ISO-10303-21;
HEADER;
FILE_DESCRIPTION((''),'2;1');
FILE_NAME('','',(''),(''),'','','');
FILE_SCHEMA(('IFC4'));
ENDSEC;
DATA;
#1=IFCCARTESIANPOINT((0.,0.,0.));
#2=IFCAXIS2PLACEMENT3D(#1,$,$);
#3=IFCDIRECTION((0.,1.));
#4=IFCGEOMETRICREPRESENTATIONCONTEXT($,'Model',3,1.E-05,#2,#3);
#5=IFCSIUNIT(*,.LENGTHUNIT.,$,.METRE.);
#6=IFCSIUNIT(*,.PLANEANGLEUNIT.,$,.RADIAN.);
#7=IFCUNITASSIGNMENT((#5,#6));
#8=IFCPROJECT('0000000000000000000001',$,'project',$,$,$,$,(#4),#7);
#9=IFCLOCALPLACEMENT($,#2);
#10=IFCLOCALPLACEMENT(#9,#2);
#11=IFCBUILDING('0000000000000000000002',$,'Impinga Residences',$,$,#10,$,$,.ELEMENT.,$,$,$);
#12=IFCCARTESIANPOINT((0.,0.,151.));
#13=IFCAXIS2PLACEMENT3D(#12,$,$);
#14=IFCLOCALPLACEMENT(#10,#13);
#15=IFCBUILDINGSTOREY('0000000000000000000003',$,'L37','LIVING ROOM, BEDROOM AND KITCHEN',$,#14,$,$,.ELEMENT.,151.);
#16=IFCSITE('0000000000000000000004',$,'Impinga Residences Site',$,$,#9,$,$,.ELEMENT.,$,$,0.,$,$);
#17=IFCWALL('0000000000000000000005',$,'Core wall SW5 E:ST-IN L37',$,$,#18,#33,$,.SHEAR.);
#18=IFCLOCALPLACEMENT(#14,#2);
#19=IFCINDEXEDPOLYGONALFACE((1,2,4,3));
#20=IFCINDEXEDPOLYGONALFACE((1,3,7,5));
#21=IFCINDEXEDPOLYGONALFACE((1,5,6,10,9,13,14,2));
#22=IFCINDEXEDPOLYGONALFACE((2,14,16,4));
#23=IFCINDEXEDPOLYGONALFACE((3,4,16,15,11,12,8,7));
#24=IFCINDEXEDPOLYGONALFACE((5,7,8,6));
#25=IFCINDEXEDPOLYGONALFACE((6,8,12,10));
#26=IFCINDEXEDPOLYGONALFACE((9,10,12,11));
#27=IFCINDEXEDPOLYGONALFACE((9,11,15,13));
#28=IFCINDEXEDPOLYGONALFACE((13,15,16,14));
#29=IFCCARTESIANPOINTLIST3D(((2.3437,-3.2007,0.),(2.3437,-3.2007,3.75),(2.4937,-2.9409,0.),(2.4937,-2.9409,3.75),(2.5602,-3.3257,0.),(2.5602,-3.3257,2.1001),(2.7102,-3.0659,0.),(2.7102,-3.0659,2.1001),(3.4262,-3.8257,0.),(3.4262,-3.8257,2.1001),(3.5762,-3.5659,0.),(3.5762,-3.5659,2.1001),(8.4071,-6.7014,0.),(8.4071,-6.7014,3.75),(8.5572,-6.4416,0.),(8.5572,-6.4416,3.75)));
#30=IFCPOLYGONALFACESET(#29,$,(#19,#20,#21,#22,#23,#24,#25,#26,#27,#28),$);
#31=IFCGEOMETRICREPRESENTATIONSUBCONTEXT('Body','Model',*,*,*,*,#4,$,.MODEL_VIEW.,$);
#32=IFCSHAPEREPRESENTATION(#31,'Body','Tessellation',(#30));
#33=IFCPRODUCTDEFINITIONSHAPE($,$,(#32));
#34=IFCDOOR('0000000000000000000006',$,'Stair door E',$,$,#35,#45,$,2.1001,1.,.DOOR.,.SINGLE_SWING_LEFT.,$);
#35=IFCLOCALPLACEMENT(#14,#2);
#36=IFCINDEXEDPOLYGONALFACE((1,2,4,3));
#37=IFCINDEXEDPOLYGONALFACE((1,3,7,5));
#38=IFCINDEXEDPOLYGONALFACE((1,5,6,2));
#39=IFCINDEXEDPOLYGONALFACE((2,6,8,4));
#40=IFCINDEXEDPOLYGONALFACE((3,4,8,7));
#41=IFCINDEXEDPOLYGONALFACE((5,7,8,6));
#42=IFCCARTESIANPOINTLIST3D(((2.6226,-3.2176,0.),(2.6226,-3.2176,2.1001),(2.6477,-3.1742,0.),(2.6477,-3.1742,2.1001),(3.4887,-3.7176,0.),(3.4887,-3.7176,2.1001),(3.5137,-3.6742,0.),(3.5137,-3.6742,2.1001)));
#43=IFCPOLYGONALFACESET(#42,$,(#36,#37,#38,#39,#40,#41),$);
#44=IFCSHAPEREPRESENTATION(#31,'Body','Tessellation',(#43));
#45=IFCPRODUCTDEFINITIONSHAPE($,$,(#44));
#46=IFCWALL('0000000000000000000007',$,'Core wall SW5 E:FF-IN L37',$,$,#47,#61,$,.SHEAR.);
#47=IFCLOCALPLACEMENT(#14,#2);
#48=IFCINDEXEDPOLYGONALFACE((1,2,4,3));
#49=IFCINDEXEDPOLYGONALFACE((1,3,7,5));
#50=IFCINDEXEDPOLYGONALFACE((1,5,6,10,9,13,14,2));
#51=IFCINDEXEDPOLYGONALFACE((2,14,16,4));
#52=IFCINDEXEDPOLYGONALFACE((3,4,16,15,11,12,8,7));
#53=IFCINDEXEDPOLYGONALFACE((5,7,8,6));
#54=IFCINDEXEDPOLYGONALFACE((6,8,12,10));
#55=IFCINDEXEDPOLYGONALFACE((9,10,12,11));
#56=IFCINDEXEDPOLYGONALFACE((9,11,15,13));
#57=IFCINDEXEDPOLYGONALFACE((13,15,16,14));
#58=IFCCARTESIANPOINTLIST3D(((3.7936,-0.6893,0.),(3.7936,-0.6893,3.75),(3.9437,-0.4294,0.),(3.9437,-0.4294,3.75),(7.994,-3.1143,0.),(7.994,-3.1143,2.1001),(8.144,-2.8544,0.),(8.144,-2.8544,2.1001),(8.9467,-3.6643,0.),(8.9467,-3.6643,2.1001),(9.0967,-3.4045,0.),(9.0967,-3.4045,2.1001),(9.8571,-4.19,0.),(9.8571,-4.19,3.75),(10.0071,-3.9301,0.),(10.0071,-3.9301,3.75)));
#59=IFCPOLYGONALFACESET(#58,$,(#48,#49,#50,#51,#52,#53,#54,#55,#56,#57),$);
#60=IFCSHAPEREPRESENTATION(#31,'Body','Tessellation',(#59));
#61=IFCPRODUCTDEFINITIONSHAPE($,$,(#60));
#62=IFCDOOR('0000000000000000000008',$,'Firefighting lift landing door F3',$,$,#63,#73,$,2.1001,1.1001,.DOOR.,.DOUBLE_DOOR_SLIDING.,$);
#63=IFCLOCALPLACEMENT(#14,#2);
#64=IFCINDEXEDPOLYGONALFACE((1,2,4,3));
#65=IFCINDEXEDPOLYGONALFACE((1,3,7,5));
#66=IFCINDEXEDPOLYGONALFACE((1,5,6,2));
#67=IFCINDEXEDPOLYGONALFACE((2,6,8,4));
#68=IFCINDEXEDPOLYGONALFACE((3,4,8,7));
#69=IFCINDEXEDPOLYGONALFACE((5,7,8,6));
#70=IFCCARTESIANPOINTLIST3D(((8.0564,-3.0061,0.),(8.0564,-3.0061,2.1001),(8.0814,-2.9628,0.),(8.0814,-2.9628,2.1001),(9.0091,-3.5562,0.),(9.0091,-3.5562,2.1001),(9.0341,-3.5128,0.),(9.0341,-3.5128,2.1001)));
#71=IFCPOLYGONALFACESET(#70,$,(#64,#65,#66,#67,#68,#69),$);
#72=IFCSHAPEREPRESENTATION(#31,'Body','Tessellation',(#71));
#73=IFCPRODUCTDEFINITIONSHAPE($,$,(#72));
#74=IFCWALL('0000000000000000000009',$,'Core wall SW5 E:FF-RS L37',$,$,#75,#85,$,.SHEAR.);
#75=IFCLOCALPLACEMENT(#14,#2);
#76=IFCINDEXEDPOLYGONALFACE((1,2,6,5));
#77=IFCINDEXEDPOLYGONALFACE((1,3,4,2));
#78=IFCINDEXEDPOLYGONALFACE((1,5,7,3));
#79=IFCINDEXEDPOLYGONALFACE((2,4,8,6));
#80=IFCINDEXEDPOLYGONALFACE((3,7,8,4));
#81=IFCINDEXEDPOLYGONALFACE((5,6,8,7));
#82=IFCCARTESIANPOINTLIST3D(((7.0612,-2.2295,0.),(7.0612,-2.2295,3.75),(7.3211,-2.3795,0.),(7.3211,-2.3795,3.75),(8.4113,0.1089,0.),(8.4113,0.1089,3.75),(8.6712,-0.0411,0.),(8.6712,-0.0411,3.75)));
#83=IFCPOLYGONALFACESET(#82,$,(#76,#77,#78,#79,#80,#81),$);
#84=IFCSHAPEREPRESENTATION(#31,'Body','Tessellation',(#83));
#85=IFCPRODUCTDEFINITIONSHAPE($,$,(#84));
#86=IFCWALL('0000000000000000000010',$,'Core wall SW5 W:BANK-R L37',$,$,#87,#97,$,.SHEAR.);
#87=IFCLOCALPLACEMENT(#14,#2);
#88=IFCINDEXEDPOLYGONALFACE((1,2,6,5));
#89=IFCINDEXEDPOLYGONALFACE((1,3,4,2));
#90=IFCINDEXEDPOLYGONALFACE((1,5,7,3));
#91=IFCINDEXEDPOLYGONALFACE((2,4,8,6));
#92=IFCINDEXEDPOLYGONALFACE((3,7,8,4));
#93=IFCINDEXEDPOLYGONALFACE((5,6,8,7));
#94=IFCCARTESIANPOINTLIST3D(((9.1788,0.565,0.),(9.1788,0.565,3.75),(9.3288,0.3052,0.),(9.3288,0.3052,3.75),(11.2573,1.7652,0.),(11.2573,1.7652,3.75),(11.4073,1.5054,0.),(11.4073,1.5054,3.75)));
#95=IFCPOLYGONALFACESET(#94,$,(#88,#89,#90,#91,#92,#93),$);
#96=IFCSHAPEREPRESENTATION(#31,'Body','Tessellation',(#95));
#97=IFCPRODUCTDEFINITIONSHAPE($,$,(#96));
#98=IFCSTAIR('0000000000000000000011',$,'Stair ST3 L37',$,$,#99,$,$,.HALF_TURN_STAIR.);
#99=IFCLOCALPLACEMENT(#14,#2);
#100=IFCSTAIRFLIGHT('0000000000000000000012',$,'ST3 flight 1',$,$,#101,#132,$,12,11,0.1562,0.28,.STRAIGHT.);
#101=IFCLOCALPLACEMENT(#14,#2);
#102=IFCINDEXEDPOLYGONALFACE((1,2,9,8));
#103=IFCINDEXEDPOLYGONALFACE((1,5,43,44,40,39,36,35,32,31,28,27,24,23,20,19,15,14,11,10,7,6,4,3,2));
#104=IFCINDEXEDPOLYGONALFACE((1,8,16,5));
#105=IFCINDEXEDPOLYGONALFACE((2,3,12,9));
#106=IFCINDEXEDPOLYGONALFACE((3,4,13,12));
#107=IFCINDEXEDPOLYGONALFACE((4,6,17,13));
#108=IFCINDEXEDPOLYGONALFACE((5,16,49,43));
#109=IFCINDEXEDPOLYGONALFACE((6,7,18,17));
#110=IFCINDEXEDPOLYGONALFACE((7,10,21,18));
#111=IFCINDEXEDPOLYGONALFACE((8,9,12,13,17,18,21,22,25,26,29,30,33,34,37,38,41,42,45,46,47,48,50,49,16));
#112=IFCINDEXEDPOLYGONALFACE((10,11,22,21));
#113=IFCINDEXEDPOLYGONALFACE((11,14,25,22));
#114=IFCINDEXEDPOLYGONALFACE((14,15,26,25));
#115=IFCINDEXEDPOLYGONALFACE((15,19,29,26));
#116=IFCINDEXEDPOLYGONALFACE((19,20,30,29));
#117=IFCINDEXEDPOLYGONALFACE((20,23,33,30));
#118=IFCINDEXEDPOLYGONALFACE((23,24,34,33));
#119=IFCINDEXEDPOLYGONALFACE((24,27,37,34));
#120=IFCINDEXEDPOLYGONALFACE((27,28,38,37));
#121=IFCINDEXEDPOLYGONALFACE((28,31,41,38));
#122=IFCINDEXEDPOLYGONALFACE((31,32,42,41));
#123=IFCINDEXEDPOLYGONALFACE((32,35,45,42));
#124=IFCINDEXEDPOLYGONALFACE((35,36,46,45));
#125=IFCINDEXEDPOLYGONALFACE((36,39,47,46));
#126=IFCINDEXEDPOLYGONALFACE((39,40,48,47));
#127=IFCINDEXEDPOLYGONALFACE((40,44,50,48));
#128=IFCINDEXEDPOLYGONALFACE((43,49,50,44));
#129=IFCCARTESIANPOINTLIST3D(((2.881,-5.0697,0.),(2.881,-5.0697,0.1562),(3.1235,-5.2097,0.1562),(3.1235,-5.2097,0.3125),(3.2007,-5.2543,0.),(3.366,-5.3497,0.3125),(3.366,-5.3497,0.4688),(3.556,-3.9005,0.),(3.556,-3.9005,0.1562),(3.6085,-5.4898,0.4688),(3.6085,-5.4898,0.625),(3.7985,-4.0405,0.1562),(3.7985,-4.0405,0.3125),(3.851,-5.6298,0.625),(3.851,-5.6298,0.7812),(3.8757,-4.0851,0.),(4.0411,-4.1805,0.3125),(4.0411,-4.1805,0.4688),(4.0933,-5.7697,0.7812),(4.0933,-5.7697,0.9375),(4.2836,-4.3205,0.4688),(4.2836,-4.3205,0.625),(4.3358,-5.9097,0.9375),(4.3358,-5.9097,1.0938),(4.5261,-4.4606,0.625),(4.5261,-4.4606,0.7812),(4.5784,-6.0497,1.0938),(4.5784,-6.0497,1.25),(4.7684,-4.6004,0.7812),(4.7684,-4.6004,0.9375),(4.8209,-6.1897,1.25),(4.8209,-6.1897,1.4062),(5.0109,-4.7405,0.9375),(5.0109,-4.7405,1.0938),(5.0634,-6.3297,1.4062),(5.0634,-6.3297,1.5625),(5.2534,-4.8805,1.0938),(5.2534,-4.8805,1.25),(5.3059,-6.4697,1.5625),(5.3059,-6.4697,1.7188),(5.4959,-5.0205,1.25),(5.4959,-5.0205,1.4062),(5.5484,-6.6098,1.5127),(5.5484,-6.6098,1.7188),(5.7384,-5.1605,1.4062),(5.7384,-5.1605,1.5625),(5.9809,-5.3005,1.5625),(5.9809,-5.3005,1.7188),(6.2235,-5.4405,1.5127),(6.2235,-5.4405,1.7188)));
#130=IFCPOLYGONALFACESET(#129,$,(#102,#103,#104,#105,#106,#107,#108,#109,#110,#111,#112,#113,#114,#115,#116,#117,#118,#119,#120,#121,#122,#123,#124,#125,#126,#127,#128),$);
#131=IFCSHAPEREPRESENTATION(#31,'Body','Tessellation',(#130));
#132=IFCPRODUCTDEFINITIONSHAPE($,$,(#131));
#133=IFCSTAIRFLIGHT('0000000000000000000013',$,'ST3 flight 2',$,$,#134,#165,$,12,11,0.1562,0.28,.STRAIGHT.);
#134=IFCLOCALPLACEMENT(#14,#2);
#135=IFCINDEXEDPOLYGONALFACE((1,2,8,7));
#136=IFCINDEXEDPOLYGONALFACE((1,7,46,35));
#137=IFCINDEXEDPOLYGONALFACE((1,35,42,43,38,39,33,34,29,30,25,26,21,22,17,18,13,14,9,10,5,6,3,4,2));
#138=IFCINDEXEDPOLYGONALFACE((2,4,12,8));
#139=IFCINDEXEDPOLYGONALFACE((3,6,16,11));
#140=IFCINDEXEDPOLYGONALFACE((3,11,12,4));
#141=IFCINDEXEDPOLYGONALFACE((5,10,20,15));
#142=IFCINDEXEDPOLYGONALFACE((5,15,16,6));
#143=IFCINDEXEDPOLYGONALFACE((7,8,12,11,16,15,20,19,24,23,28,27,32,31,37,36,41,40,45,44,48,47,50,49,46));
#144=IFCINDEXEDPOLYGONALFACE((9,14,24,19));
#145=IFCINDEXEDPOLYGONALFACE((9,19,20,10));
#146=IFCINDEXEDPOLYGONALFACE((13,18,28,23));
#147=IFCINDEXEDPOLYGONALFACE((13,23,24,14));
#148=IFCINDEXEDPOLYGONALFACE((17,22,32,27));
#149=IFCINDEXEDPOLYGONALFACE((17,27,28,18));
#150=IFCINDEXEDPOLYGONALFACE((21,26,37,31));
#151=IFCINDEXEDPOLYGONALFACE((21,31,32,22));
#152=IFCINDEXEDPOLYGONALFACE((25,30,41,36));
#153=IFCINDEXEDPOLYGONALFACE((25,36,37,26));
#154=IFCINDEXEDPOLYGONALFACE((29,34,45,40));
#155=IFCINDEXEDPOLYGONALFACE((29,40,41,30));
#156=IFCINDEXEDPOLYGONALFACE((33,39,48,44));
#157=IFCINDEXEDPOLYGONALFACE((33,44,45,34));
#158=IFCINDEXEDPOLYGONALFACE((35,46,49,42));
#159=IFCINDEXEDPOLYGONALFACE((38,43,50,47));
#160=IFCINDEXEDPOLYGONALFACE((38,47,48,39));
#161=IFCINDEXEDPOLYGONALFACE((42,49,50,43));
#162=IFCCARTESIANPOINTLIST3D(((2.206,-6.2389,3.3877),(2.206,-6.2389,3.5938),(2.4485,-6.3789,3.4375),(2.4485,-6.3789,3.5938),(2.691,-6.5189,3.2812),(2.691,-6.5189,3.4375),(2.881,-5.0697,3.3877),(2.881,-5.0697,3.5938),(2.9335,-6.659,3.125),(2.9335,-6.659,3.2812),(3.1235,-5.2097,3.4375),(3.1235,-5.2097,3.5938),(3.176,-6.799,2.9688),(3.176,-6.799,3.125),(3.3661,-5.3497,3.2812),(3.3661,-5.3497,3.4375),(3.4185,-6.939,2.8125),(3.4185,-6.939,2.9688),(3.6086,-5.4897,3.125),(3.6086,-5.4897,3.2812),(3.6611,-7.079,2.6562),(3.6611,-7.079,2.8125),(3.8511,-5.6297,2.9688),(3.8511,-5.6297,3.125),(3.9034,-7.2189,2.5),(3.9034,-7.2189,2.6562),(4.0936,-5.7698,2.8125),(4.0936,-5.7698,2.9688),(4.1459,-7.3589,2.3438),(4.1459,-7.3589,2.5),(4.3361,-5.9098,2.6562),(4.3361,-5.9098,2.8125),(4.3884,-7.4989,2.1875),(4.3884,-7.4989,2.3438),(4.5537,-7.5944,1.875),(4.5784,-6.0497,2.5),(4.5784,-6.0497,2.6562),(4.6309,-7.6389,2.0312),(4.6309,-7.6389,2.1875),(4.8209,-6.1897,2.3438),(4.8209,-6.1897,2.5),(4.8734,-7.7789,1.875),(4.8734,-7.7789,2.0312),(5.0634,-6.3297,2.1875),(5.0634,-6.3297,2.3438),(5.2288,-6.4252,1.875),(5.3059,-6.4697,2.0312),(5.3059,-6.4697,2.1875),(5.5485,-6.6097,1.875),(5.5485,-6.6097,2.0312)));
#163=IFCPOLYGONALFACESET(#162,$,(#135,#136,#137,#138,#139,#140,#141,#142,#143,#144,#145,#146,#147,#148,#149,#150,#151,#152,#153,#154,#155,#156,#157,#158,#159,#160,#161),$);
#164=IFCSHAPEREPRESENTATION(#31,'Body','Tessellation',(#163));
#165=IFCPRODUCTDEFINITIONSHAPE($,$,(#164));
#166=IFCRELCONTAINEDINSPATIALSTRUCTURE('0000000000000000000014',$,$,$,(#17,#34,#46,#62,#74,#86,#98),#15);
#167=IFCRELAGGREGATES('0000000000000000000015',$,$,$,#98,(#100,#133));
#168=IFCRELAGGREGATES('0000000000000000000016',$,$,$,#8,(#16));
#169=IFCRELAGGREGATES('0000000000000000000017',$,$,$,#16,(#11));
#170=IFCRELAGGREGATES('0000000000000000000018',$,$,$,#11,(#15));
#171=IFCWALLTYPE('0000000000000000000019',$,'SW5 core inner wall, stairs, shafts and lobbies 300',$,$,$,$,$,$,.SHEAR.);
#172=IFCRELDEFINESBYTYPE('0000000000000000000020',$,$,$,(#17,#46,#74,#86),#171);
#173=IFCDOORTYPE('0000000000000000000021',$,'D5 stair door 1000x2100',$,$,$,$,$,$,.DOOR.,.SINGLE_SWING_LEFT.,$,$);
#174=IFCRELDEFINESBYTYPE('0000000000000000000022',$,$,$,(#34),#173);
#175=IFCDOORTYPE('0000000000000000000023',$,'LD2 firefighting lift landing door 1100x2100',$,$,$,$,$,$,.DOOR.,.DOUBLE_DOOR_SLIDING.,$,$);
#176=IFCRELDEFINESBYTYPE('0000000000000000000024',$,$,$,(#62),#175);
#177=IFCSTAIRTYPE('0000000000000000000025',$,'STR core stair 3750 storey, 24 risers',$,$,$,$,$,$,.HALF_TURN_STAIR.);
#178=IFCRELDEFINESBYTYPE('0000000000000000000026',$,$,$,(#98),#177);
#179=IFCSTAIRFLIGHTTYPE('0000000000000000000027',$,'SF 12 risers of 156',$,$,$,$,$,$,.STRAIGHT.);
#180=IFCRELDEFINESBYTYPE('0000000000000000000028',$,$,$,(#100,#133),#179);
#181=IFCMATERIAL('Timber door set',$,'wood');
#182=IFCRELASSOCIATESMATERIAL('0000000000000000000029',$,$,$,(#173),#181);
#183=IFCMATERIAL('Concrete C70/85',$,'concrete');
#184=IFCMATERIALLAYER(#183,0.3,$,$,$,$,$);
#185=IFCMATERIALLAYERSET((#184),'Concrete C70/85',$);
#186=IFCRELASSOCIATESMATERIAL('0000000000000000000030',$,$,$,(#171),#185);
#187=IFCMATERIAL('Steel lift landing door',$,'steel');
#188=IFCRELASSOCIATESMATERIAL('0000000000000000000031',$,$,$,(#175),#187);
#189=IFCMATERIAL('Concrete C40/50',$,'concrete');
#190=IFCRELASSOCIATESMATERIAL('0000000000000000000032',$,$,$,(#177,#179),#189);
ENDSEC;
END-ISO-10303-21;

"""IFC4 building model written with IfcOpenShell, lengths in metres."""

from ifc_helpers import new_model, si_unit, direction, frame, frame_2d, origin, place, context, subcontext, project, spatial, polyline, rectangle, outline, extrude, material, layer, layer_set, type_object, element, fill, aggregate, save


model = new_model("IFC4")

# Units and contexts
model_context = context("Model", 3, precision=1e-05, world=origin(), true_north=direction((0.0, 1.0)))
body_context = subcontext(model_context, "Body", "Model", "MODEL_VIEW")
ifc_project = project(units=[si_unit("LENGTHUNIT", "METRE"), si_unit("PLANEANGLEUNIT", "RADIAN")], contexts=[model_context])

# Site, building, storey
site_placement = place(None, origin())
site = spatial("IfcSite", under=ifc_project, at=site_placement, Name="Impinga Residences Site", CompositionType="ELEMENT", RefElevation=0.0)
building_placement = place(site_placement, origin())
building = spatial("IfcBuilding", under=site, at=building_placement, Name="Impinga Residences", CompositionType="ELEMENT")
storey_placement = place(building_placement, frame((0.0, 0.0, 151.0)))
storey = spatial("IfcBuildingStorey", under=building, at=storey_placement, Name="L37", Description="LIVING ROOM, BEDROOM AND KITCHEN", CompositionType="ELEMENT", Elevation=151.0)

# Shared definitions
ifc_material_1 = material(Name="Timber door set", Category="wood")
door_type_1 = type_object("IfcDoorType", Name="D5 stair door 1000x2100", OperationType="SINGLE_SWING_LEFT", PredefinedType="DOOR", material=ifc_material_1)

# Walls, openings, doors
ifc_material_2 = material(Name="Concrete C70/85", Category="concrete")
ifc_layer_1 = layer(ifc_material_2, 0.3)
ifc_layer_set_1 = layer_set([ifc_layer_1], Name="Concrete C70/85")
wall_type_1 = type_object("IfcWallType", Name="SW5 core inner wall, stairs, shafts and lobbies 300", PredefinedType="SHEAR", material=ifc_layer_set_1)
wall_1_placement = place(storey_placement, frame((2.4187, -3.0708, 0.0), z_axis=(0.0, 0.0, 1.0), x_axis=(0.866026, -0.499998, 0.0)))
wall_1 = element("IfcWall", 1, at=wall_1_placement, inside=storey, type_object=wall_type_1, Name="Core wall SW5 E:ST-IN L37", PredefinedType="SHEAR", context=body_context, shape_type="SweptSolid", body=[
    extrude(rectangle(XDim=7.0015, YDim=0.3, at=frame_2d((3.5007, 0.0))), origin(), (0.0, 0.0, 1.0), 3.75),
])
opening_1_placement = place(wall_1_placement, frame((0.25, 0.0, 0.0)))
opening_1 = element("IfcOpeningElement", 2, at=opening_1_placement, cuts=wall_1, PredefinedType="OPENING", context=body_context, shape_type="SweptSolid", body=[
    extrude(rectangle(XDim=1.0, YDim=2.1001, at=frame_2d((0.5, 1.05))), frame((0.0, 0.1599, 0.0), z_axis=(0.0, -1.0, 0.0), x_axis=(1.0, 0.0, 0.0)), (0.0, 0.0, 1.0), 0.3201),
])
door_1_placement = place(opening_1_placement, origin())
door_1 = element("IfcDoor", 3, at=door_1_placement, inside=storey, type_object=door_type_1, Name="Stair door E", OperationType="SINGLE_SWING_LEFT", OverallHeight=2.1001, OverallWidth=1.0, PredefinedType="DOOR", context=body_context, shape_type="SweptSolid", body=[
    extrude(rectangle(XDim=1.0, YDim=2.1001, at=frame_2d((0.5, 1.05))), frame((0.0, 0.0249, 0.0), z_axis=(0.0, -1.0, 0.0), x_axis=(1.0, 0.0, 0.0)), (0.0, 0.0, 1.0), 0.05),
])
fill(opening_1, door_1)
wall_2_placement = place(storey_placement, frame((3.8687, -0.5593, 0.0), z_axis=(0.0, 0.0, 1.0), x_axis=(0.866026, -0.499998, 0.0)))
wall_2 = element("IfcWall", 4, at=wall_2_placement, inside=storey, type_object=wall_type_1, Name="Core wall SW5 E:FF-IN L37", PredefinedType="SHEAR", context=body_context, shape_type="SweptSolid", body=[
    extrude(rectangle(XDim=7.0015, YDim=0.3, at=frame_2d((3.5007, 0.0))), origin(), (0.0, 0.0, 1.0), 3.75),
])
opening_2_placement = place(wall_2_placement, frame((4.8501, 0.0, 0.0)))
opening_2 = element("IfcOpeningElement", 5, at=opening_2_placement, cuts=wall_2, PredefinedType="OPENING", context=body_context, shape_type="SweptSolid", body=[
    extrude(rectangle(XDim=1.1001, YDim=2.1001, at=frame_2d((0.55, 1.05))), frame((0.0, 0.1599, 0.0), z_axis=(0.0, -1.0, 0.0), x_axis=(1.0, 0.0, 0.0)), (0.0, 0.0, 1.0), 0.3201),
])
ifc_material_3 = material(Name="Steel lift landing door", Category="steel")
door_type_2 = type_object("IfcDoorType", Name="LD2 firefighting lift landing door 1100x2100", OperationType="DOUBLE_DOOR_SLIDING", PredefinedType="DOOR", material=ifc_material_3)
door_2_placement = place(opening_2_placement, origin())
door_2 = element("IfcDoor", 6, at=door_2_placement, inside=storey, type_object=door_type_2, Name="Firefighting lift landing door F3", OperationType="DOUBLE_DOOR_SLIDING", OverallHeight=2.1001, OverallWidth=1.1001, PredefinedType="DOOR", context=body_context, shape_type="SweptSolid", body=[
    extrude(rectangle(XDim=1.1001, YDim=2.1001, at=frame_2d((0.55, 1.05))), frame((0.0, 0.0249, 0.0), z_axis=(0.0, -1.0, 0.0), x_axis=(1.0, 0.0, 0.0)), (0.0, 0.0, 1.0), 0.05),
])
fill(opening_2, door_2)

# Walls
wall_3_placement = place(storey_placement, frame((8.5413, 0.0339, 0.0), z_axis=(0.0, 0.0, 1.0), x_axis=(-0.500009, -0.86602, 0.0)))
element("IfcWall", 7, at=wall_3_placement, inside=storey, type_object=wall_type_1, Name="Core wall SW5 E:FF-RS L37", PredefinedType="SHEAR", context=body_context, shape_type="SweptSolid", body=[
    extrude(rectangle(XDim=2.7002, YDim=0.3, at=frame_2d((1.3501, 0.0))), origin(), (0.0, 0.0, 1.0), 3.75),
])
wall_4_placement = place(storey_placement, frame((9.2537, 0.4351, 0.0), z_axis=(0.0, 0.0, 1.0), x_axis=(0.866006, 0.500034, 0.0)))
element("IfcWall", 8, at=wall_4_placement, inside=storey, type_object=wall_type_1, Name="Core wall SW5 W:BANK-R L37", PredefinedType="SHEAR", context=body_context, shape_type="SweptSolid", body=[
    extrude(rectangle(XDim=2.4001, YDim=0.3, at=frame_2d((1.2002, 0.0))), origin(), (0.0, 0.0, 1.0), 3.75),
])

# Stair, stair flights
ifc_material_4 = material(Name="Concrete C40/50", Category="concrete")
stair_type = type_object("IfcStairType", Name="STR core stair 3750 storey, 24 risers", PredefinedType="HALF_TURN_STAIR", material=ifc_material_4)
stair_placement = place(storey_placement, origin())
stair = element("IfcStair", 9, at=stair_placement, inside=storey, type_object=stair_type, Name="Stair ST3 L37", PredefinedType="HALF_TURN_STAIR")
stair_flight_type = type_object("IfcStairFlightType", Name="SF 12 risers of 156", PredefinedType="STRAIGHT", material=ifc_material_4)
stair_flight_1_placement = place(storey_placement, frame((3.2185, -4.4851, 0.0), z_axis=(0.0, 0.0, 1.0), x_axis=(0.866025, -0.5, 0.0)))
stair_flight_1 = element("IfcStairFlight", 10, at=stair_flight_1_placement, type_object=stair_flight_type, Name="ST3 flight 1", NumberOfRisers=12, NumberOfTreads=11, PredefinedType="STRAIGHT", RiserHeight=0.1562, TreadLength=0.28, context=body_context, shape_type="SweptSolid", body=[
    extrude(outline(polyline([(0.0, 0.0), (0.0, 0.1562), (0.28, 0.1562), (0.28, 0.3125), (0.5601, 0.3125), (0.5601, 0.4688), (0.8401, 0.4688), (0.8401, 0.625), (1.1201, 0.625), (1.1201, 0.7812), (1.3999, 0.7812), (1.3999, 0.9375), (1.6799, 0.9375), (1.6799, 1.0938), (1.96, 1.0938), (1.96, 1.25), (2.24, 1.25), (2.24, 1.4062), (2.52, 1.4062), (2.52, 1.5625), (2.8, 1.5625), (2.8, 1.7188), (3.0801, 1.7188), (3.0801, 1.875), (3.0801, 1.5127), (0.3691, 0.0), (0.0, 0.0)])), frame((0.0, 0.675, 0.0), z_axis=(0.0, -1.0, 0.0), x_axis=(1.0, 0.0, 0.0)), (0.0, 0.0, 1.0), 1.3501),
])
stair_flight_2_placement = place(storey_placement, frame((5.2109, -7.1943, 1.875), z_axis=(0.0, 0.0, 1.0), x_axis=(-0.866025, 0.5, 0.0)))
stair_flight_2 = element("IfcStairFlight", 11, at=stair_flight_2_placement, type_object=stair_flight_type, Name="ST3 flight 2", NumberOfRisers=12, NumberOfTreads=11, PredefinedType="STRAIGHT", RiserHeight=0.1562, TreadLength=0.28, context=body_context, shape_type="SweptSolid", body=[
    extrude(outline(polyline([(0.0, 0.0), (0.0, 0.1562), (0.28, 0.1562), (0.28, 0.3125), (0.5601, 0.3125), (0.5601, 0.4688), (0.8401, 0.4688), (0.8401, 0.625), (1.1201, 0.625), (1.1201, 0.7812), (1.3999, 0.7812), (1.3999, 0.9375), (1.6799, 0.9375), (1.6799, 1.0938), (1.96, 1.0938), (1.96, 1.25), (2.24, 1.25), (2.24, 1.4062), (2.52, 1.4062), (2.52, 1.5625), (2.8, 1.5625), (2.8, 1.7188), (3.0801, 1.7188), (3.0801, 1.875), (3.0801, 1.5127), (0.3691, 0.0), (0.0, 0.0)])), frame((0.0, 0.675, 0.0), z_axis=(0.0, -1.0, 0.0), x_axis=(1.0, 0.0, 0.0)), (0.0, 0.0, 1.0), 1.3501),
])
aggregate(stair, [stair_flight_1, stair_flight_2])

save(model, "model.ifc")
